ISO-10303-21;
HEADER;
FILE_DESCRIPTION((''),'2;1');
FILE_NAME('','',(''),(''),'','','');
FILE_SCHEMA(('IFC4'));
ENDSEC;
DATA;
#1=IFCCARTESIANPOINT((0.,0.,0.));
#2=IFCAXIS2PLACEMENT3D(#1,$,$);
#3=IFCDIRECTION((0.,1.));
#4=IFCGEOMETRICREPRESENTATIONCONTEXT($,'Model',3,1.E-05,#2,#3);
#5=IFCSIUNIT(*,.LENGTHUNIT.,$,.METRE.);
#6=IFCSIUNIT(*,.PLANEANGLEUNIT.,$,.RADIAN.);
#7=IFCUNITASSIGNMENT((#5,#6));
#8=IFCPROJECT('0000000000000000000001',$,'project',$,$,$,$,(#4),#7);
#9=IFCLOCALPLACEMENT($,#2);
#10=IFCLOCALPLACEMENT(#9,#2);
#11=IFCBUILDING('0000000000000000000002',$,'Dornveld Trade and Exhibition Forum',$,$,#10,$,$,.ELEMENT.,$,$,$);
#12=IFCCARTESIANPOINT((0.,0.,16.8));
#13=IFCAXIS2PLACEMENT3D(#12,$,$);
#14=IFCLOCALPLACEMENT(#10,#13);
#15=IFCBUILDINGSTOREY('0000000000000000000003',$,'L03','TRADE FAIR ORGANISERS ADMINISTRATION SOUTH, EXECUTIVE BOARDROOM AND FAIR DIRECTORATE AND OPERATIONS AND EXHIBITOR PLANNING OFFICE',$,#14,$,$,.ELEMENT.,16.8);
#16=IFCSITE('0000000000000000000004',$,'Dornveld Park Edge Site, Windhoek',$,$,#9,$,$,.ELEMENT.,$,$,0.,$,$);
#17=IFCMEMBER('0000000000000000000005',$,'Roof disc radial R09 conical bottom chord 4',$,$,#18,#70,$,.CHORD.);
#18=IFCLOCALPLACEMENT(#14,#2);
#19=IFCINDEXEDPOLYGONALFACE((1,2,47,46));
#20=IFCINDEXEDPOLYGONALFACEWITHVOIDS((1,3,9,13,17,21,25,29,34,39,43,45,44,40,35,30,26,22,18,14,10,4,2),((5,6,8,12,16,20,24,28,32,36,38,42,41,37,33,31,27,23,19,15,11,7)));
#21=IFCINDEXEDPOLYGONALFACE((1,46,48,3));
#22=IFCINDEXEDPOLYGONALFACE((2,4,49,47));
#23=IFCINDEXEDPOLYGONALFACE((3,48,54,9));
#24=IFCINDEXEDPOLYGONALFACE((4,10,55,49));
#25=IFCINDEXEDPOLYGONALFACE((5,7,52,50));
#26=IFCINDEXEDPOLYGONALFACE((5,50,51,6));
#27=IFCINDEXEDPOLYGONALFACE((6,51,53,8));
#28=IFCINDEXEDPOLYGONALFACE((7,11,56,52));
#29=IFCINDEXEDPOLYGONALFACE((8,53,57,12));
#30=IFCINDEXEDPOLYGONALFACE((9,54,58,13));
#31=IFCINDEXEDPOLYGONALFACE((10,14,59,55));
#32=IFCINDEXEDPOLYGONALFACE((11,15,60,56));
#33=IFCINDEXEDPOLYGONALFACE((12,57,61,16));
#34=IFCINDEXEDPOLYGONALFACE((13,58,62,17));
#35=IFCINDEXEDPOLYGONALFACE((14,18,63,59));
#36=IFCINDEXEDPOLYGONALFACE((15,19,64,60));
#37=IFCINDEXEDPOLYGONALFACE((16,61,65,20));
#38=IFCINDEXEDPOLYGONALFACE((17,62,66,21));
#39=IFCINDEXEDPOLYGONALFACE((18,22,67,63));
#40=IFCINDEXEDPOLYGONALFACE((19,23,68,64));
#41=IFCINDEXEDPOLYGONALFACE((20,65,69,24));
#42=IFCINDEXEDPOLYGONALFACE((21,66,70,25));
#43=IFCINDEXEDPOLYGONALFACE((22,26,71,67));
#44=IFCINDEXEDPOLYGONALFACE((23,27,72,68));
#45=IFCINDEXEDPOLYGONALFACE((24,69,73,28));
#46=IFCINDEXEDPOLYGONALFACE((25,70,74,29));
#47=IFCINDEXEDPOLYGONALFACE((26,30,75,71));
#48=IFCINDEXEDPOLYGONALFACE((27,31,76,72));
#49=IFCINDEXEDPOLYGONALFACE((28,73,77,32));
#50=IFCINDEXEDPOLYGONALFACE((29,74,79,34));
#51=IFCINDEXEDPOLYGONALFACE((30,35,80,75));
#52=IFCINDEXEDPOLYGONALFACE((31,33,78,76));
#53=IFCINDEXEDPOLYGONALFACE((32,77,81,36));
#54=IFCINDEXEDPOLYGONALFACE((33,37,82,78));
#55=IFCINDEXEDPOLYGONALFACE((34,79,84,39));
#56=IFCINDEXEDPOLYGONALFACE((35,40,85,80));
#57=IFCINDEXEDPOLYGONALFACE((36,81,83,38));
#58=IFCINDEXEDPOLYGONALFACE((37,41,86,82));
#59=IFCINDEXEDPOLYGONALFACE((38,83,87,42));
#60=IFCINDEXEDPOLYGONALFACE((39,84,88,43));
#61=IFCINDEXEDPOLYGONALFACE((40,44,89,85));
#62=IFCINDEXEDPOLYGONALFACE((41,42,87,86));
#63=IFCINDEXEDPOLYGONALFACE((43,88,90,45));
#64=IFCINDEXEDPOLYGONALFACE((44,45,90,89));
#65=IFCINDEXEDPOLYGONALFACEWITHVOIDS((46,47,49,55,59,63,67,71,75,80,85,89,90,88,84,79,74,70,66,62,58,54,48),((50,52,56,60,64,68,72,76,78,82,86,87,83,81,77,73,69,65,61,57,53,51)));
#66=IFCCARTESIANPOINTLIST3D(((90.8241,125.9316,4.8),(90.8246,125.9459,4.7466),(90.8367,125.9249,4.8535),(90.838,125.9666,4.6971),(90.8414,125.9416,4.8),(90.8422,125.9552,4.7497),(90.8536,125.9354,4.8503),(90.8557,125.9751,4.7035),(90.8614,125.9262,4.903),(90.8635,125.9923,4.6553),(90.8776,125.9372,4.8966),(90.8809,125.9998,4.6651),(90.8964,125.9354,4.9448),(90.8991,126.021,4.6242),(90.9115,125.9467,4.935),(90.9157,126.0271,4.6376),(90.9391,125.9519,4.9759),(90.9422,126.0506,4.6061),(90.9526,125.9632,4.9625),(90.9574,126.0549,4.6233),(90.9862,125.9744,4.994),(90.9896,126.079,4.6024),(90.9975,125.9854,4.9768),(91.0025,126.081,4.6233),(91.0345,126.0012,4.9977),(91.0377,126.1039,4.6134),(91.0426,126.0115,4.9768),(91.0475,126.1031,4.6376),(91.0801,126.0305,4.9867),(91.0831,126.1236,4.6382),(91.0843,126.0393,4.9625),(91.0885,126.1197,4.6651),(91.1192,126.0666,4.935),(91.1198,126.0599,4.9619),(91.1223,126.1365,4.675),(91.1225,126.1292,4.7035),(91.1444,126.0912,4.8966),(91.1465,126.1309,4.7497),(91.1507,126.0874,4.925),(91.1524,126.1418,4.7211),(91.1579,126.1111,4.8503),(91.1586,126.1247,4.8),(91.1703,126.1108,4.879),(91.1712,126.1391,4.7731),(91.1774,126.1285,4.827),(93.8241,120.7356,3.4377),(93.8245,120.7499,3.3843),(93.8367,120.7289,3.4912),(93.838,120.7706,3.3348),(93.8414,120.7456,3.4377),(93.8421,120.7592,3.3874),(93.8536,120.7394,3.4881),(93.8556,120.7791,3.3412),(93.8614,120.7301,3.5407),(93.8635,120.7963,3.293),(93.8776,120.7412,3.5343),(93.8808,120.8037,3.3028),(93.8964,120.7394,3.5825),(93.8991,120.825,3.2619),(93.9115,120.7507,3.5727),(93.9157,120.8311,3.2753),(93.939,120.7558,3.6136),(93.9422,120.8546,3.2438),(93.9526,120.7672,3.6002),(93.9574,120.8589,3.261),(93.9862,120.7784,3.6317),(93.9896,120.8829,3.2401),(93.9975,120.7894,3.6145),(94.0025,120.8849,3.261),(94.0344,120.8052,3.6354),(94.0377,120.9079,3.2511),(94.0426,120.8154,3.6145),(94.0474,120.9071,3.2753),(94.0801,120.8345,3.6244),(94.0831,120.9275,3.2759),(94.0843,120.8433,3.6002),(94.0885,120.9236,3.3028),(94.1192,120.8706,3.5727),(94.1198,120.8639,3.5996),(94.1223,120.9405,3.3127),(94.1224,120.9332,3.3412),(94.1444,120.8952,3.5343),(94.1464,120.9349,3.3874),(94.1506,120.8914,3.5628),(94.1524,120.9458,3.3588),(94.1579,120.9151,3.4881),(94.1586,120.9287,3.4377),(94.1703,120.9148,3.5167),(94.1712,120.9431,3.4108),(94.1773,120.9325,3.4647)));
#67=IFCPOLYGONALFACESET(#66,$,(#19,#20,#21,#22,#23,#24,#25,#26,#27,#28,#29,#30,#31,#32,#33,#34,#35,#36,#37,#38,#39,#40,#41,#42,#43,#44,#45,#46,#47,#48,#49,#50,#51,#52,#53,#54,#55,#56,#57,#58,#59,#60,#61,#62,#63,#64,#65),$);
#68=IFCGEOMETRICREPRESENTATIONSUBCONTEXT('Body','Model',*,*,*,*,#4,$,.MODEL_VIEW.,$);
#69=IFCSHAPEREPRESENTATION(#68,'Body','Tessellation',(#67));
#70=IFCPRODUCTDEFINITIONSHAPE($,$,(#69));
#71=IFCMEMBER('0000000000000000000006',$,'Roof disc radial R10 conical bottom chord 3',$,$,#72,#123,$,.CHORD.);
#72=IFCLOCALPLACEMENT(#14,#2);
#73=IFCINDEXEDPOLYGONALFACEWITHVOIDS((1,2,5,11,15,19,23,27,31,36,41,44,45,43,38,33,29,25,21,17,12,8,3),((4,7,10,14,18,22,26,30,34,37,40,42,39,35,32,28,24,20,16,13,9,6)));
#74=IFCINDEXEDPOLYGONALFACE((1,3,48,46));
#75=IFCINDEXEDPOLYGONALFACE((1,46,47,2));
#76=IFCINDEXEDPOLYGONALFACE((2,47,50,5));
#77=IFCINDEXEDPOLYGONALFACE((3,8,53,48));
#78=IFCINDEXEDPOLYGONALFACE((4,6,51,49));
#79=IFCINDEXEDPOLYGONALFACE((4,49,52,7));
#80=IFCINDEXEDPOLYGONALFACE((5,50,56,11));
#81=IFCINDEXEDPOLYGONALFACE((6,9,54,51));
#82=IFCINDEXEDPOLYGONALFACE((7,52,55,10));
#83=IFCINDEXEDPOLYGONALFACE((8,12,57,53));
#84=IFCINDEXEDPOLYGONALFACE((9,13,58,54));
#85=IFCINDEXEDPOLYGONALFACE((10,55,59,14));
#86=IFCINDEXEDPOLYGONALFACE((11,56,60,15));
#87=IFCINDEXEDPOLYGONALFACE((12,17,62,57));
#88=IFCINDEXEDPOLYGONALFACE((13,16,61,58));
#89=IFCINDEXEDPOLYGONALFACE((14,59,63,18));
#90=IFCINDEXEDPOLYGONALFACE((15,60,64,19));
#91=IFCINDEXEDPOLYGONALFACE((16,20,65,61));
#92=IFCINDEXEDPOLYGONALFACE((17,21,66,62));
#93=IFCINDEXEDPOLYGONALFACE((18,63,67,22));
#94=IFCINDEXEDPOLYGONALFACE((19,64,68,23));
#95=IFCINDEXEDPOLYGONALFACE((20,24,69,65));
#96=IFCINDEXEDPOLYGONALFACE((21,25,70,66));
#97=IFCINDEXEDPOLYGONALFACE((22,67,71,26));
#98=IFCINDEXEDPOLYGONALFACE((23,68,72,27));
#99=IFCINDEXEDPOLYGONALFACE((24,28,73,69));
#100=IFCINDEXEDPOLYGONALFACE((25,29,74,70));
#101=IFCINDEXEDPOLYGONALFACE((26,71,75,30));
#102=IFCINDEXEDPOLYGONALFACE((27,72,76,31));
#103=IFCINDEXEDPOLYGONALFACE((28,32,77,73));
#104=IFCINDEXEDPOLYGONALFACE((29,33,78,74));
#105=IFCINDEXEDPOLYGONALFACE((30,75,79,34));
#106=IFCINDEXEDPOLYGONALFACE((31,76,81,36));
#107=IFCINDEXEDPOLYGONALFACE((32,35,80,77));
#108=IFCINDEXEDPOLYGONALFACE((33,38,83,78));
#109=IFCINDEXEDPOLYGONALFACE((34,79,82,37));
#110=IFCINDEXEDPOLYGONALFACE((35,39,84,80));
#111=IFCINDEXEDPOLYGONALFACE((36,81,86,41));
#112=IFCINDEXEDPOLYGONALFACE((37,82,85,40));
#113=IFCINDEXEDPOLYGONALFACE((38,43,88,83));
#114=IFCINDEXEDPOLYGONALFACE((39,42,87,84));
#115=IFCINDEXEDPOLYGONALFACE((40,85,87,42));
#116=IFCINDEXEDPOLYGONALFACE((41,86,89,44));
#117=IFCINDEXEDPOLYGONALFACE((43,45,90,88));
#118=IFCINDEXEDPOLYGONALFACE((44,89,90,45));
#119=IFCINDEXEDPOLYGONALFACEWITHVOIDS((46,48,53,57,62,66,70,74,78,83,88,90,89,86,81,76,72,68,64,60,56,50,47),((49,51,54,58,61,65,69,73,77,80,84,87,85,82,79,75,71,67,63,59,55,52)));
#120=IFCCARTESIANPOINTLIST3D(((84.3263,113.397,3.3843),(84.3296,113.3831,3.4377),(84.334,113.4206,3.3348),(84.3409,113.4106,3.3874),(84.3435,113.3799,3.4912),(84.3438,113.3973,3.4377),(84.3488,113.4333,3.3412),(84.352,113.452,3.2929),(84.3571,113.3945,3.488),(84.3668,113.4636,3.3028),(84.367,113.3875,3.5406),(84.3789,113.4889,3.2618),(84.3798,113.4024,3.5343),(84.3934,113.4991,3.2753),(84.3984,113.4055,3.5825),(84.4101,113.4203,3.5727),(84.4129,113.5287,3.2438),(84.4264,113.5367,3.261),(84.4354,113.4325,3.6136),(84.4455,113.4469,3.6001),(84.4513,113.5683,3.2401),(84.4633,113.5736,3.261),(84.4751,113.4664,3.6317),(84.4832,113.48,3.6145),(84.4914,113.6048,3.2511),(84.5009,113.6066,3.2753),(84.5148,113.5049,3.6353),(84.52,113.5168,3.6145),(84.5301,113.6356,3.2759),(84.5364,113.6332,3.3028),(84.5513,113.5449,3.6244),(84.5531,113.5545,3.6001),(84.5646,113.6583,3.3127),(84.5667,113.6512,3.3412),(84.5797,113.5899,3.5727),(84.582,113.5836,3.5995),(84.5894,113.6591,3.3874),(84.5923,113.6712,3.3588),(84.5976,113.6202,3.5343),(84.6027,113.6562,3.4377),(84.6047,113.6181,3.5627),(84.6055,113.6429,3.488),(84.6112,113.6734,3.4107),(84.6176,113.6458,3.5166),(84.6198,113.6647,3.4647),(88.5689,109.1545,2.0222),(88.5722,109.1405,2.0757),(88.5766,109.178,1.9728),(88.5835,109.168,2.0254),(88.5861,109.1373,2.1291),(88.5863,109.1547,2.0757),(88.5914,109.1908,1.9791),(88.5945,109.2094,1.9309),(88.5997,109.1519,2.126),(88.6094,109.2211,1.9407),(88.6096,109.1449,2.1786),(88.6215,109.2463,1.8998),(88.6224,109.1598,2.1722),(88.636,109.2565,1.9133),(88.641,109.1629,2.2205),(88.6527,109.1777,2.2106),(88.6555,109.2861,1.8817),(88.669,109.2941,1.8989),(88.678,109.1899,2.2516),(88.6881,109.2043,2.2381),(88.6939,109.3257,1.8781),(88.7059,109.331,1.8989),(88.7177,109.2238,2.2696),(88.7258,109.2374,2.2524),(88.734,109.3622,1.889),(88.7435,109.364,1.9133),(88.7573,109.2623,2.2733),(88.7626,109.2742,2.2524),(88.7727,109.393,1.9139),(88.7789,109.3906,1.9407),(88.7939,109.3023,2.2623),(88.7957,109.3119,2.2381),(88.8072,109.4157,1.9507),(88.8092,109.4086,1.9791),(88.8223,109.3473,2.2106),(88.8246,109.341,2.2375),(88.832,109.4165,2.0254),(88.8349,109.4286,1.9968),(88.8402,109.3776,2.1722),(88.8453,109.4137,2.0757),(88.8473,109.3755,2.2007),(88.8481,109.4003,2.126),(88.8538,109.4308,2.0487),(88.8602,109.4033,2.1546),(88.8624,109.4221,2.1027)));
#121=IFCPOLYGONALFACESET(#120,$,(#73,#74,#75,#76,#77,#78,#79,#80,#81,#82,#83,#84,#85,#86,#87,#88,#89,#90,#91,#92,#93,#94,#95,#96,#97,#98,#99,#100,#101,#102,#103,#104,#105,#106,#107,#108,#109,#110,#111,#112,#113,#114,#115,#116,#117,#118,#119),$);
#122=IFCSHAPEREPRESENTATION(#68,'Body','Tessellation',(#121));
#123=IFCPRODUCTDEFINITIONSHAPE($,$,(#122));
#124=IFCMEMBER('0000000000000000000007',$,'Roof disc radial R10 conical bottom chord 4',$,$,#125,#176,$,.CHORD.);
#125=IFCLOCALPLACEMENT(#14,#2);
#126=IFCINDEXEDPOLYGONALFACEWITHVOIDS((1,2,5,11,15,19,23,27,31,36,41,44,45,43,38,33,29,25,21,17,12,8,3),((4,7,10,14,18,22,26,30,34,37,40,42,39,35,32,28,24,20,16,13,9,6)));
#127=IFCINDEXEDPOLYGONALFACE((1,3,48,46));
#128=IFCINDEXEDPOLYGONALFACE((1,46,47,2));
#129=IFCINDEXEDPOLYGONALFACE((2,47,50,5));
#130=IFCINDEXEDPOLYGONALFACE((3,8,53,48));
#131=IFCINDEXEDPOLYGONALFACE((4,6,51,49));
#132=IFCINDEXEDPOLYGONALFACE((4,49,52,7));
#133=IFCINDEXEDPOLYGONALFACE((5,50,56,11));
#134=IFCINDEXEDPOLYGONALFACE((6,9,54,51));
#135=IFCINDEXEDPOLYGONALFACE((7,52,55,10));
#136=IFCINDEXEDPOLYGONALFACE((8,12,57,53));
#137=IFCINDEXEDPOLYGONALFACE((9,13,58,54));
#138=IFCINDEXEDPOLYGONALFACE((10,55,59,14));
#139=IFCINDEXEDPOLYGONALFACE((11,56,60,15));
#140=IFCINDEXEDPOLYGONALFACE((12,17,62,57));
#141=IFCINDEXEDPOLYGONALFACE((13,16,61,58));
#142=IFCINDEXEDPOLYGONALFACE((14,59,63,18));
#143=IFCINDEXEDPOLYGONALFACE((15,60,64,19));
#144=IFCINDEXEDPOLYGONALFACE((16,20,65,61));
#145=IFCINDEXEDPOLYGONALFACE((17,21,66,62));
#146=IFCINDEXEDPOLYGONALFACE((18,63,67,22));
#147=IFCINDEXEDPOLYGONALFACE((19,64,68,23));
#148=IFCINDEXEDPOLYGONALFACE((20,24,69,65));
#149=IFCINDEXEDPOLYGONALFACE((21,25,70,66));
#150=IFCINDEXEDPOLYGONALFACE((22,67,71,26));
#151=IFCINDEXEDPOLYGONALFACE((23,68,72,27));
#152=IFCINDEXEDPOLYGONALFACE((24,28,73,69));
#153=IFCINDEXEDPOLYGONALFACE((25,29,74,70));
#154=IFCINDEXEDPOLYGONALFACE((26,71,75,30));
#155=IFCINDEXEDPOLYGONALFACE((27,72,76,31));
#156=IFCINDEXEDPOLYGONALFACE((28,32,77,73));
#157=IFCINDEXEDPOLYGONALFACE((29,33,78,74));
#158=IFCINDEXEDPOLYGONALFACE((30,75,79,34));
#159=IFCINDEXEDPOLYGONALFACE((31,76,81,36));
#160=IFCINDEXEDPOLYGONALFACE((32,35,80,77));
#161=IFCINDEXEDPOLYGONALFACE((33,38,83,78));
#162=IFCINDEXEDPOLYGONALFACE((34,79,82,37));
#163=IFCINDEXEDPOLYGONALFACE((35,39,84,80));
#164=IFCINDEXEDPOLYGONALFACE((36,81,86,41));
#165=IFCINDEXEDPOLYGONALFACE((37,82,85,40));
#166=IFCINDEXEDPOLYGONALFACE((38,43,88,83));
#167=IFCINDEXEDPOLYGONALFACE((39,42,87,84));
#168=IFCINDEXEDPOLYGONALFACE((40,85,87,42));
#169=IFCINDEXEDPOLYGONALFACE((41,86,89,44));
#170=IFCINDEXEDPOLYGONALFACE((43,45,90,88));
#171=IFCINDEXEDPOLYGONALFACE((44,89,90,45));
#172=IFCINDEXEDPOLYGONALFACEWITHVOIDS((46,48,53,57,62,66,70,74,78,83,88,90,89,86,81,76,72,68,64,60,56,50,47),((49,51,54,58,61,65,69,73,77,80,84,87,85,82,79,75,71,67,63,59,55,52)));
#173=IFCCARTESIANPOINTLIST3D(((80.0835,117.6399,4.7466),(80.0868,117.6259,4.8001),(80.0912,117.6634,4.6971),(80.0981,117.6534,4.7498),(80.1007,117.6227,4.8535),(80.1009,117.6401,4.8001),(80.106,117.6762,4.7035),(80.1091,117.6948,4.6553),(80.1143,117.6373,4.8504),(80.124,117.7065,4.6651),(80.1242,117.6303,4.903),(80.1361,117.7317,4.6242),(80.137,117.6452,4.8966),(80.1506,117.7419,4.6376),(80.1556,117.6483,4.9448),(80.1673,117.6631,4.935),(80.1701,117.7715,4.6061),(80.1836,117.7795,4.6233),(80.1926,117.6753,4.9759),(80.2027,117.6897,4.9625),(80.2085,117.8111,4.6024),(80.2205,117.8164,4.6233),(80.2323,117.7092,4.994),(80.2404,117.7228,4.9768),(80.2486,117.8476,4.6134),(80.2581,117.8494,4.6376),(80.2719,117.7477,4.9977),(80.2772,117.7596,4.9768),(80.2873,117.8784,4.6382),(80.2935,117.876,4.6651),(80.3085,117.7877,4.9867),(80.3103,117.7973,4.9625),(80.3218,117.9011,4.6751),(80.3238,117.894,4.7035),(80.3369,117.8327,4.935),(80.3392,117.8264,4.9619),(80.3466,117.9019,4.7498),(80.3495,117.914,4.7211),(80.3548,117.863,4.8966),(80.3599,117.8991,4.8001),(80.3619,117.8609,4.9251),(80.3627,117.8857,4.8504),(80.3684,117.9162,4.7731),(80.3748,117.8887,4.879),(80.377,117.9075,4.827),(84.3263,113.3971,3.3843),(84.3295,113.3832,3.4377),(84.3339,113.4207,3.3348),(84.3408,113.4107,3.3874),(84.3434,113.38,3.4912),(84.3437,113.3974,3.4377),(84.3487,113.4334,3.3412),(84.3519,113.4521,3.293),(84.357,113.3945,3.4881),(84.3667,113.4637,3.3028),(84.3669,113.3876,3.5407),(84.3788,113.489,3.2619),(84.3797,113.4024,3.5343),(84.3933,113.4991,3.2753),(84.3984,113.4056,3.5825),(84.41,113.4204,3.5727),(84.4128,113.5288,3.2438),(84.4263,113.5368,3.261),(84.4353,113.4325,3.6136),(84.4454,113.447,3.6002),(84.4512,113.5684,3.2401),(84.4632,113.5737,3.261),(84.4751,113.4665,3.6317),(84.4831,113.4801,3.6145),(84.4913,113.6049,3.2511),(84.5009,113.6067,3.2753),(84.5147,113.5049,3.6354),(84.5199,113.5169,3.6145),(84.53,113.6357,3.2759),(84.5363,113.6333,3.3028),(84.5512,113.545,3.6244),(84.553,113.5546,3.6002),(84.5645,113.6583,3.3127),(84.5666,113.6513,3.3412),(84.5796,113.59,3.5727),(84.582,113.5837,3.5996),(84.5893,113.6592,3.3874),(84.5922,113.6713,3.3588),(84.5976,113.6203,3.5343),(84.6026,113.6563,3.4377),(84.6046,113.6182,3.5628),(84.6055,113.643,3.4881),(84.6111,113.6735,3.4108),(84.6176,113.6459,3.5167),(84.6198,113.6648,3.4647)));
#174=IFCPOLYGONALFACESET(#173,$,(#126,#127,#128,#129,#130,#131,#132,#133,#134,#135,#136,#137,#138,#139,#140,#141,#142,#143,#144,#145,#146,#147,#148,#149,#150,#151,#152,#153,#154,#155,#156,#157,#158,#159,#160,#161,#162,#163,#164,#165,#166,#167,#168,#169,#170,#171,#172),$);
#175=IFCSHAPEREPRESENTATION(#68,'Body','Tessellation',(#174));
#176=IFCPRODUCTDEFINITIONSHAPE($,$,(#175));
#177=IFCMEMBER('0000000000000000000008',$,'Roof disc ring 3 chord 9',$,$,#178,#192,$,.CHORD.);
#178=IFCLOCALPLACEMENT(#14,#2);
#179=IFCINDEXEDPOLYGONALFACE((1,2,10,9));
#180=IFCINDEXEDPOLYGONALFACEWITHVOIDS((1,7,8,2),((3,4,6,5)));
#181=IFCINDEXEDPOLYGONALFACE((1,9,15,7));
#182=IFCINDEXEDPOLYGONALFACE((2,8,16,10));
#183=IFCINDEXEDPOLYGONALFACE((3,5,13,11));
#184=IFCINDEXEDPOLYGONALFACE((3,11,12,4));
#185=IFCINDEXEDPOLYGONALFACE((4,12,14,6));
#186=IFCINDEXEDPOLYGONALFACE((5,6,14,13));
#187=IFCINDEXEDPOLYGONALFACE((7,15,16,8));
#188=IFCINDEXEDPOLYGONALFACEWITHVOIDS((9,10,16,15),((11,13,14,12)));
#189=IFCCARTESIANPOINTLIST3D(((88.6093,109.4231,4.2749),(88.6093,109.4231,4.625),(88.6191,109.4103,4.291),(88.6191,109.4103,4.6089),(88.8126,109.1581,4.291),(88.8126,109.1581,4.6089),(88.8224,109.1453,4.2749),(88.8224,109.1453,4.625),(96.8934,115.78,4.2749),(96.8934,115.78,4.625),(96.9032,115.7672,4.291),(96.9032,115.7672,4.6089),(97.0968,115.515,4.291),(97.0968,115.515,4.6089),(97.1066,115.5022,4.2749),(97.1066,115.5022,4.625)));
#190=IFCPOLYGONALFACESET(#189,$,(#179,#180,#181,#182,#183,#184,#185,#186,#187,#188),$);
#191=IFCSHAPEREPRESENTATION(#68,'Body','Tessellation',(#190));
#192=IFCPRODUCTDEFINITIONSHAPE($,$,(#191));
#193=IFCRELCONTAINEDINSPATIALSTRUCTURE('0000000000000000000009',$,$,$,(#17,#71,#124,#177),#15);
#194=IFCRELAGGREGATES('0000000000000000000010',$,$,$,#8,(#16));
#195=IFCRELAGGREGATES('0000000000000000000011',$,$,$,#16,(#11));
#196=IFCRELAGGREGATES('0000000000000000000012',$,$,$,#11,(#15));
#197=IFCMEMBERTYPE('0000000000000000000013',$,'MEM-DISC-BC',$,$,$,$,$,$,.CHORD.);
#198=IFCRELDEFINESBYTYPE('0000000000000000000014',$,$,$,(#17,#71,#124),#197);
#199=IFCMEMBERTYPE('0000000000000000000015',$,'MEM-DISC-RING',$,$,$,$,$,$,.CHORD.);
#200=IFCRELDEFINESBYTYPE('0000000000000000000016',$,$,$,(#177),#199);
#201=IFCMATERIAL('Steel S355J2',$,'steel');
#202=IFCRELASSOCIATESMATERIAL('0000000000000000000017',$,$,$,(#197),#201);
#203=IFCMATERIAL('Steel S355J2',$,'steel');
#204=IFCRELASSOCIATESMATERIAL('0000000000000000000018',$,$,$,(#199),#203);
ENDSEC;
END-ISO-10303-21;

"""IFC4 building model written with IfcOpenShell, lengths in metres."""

from ifc_helpers import new_model, si_unit, direction, frame, origin, origin_2d, place, context, subcontext, project, spatial, hollow_rectangle, hollow_circle, extrude, material, material_profile, profile_set, type_object, element, save


model = new_model("IFC4")

# Units and contexts
model_context = context("Model", 3, precision=1e-05, world=origin(), true_north=direction((0.0, 1.0)))
body_context = subcontext(model_context, "Body", "Model", "MODEL_VIEW")
ifc_project = project(units=[si_unit("LENGTHUNIT", "METRE"), si_unit("PLANEANGLEUNIT", "RADIAN")], contexts=[model_context])

# Site, building, storey
site_placement = place(None, origin())
site = spatial("IfcSite", under=ifc_project, at=site_placement, Name="Dornveld Park Edge Site, Windhoek", CompositionType="ELEMENT", RefElevation=0.0)
building_placement = place(site_placement, origin())
building = spatial("IfcBuilding", under=site, at=building_placement, Name="Dornveld Trade and Exhibition Forum", CompositionType="ELEMENT")
storey_placement = place(building_placement, frame((0.0, 0.0, 16.8)))
storey = spatial("IfcBuildingStorey", under=building, at=storey_placement, Name="L03", Description="TRADE FAIR ORGANISERS ADMINISTRATION SOUTH, EXECUTIVE BOARDROOM AND FAIR DIRECTORATE AND OPERATIONS AND EXHIBITOR PLANNING OFFICE", CompositionType="ELEMENT", Elevation=16.8)

# Members
ifc_material_1 = material(Name="Steel S355J2", Category="steel")
ifc_material_profile_1 = material_profile(ifc_material_1, hollow_circle(Radius=0.2031, WallThickness=0.02, at=origin_2d()), Name="CHS 406.4x20")
ifc_profile_set_1 = profile_set([ifc_material_profile_1], Name="Steel S355J2")
member_type_1 = type_object("IfcMemberType", Name="MEM-DISC-BC", PredefinedType="CHORD", material=ifc_profile_set_1)
for number, where, z_axis, x_axis, name in (
    (1, (94.0, 120.8372, 3.4377), (-0.487597, 0.844525, 0.221419), (-0.866021, -0.500008, 0.0), "Roof disc radial R09 conical bottom chord 4"),
    (2, (88.7158, 109.2842, 2.0757), (-0.689562, 0.689562, 0.221376), (-0.707107, -0.707107, 0.0), "Roof disc radial R10 conical bottom chord 3"),
):
    element("IfcMember", number, at=place(storey_placement, frame(where, z_axis=z_axis, x_axis=x_axis)), inside=storey, type_object=member_type_1, Name=name, PredefinedType="CHORD", context=body_context, shape_type="SweptSolid", body=[
        extrude(hollow_circle(Radius=0.2031, WallThickness=0.02, at=origin_2d()), origin(), (0.0, 0.0, 1.0), 6.1526),
    ])
member_1_placement = place(storey_placement, frame((84.4731, 113.5269, 3.4377), z_axis=(-0.689556, 0.689556, 0.221414), x_axis=(-0.707107, -0.707107, 0.0)))
element("IfcMember", 3, at=member_1_placement, inside=storey, type_object=member_type_1, Name="Roof disc radial R10 conical bottom chord 4", PredefinedType="CHORD", context=body_context, shape_type="SweptSolid", body=[
    extrude(hollow_circle(Radius=0.2031, WallThickness=0.02, at=origin_2d()), origin(), (0.0, 0.0, 1.0), 6.1528),
])
ifc_material_2 = material(Name="Steel S355J2", Category="steel")
ifc_material_profile_2 = material_profile(ifc_material_2, hollow_rectangle(XDim=0.3501, YDim=0.3501, WallThickness=0.0161, at=origin_2d()), Name="SHS 350x350x16")
ifc_profile_set_2 = profile_set([ifc_material_profile_2], Name="Steel S355J2")
member_type_2 = type_object("IfcMemberType", Name="MEM-DISC-RING", PredefinedType="CHORD", material=ifc_profile_set_2)
for number, where, z_axis, x_axis, name in (
    (4, (97.0, 115.6411, 4.45), (-0.793341, -0.608777, 0.0), (0.608777, -0.793341, 0.0), "Roof disc ring 3 chord 9"),
):
    element("IfcMember", number, at=place(storey_placement, frame(where, z_axis=z_axis, x_axis=x_axis)), inside=storey, type_object=member_type_2, Name=name, PredefinedType="CHORD", context=body_context, shape_type="SweptSolid", body=[
        extrude(hollow_rectangle(XDim=0.3501, YDim=0.3501, WallThickness=0.0161, at=origin_2d()), origin(), (0.0, 0.0, 1.0), 10.4421),
    ])

save(model, "model.ifc")
